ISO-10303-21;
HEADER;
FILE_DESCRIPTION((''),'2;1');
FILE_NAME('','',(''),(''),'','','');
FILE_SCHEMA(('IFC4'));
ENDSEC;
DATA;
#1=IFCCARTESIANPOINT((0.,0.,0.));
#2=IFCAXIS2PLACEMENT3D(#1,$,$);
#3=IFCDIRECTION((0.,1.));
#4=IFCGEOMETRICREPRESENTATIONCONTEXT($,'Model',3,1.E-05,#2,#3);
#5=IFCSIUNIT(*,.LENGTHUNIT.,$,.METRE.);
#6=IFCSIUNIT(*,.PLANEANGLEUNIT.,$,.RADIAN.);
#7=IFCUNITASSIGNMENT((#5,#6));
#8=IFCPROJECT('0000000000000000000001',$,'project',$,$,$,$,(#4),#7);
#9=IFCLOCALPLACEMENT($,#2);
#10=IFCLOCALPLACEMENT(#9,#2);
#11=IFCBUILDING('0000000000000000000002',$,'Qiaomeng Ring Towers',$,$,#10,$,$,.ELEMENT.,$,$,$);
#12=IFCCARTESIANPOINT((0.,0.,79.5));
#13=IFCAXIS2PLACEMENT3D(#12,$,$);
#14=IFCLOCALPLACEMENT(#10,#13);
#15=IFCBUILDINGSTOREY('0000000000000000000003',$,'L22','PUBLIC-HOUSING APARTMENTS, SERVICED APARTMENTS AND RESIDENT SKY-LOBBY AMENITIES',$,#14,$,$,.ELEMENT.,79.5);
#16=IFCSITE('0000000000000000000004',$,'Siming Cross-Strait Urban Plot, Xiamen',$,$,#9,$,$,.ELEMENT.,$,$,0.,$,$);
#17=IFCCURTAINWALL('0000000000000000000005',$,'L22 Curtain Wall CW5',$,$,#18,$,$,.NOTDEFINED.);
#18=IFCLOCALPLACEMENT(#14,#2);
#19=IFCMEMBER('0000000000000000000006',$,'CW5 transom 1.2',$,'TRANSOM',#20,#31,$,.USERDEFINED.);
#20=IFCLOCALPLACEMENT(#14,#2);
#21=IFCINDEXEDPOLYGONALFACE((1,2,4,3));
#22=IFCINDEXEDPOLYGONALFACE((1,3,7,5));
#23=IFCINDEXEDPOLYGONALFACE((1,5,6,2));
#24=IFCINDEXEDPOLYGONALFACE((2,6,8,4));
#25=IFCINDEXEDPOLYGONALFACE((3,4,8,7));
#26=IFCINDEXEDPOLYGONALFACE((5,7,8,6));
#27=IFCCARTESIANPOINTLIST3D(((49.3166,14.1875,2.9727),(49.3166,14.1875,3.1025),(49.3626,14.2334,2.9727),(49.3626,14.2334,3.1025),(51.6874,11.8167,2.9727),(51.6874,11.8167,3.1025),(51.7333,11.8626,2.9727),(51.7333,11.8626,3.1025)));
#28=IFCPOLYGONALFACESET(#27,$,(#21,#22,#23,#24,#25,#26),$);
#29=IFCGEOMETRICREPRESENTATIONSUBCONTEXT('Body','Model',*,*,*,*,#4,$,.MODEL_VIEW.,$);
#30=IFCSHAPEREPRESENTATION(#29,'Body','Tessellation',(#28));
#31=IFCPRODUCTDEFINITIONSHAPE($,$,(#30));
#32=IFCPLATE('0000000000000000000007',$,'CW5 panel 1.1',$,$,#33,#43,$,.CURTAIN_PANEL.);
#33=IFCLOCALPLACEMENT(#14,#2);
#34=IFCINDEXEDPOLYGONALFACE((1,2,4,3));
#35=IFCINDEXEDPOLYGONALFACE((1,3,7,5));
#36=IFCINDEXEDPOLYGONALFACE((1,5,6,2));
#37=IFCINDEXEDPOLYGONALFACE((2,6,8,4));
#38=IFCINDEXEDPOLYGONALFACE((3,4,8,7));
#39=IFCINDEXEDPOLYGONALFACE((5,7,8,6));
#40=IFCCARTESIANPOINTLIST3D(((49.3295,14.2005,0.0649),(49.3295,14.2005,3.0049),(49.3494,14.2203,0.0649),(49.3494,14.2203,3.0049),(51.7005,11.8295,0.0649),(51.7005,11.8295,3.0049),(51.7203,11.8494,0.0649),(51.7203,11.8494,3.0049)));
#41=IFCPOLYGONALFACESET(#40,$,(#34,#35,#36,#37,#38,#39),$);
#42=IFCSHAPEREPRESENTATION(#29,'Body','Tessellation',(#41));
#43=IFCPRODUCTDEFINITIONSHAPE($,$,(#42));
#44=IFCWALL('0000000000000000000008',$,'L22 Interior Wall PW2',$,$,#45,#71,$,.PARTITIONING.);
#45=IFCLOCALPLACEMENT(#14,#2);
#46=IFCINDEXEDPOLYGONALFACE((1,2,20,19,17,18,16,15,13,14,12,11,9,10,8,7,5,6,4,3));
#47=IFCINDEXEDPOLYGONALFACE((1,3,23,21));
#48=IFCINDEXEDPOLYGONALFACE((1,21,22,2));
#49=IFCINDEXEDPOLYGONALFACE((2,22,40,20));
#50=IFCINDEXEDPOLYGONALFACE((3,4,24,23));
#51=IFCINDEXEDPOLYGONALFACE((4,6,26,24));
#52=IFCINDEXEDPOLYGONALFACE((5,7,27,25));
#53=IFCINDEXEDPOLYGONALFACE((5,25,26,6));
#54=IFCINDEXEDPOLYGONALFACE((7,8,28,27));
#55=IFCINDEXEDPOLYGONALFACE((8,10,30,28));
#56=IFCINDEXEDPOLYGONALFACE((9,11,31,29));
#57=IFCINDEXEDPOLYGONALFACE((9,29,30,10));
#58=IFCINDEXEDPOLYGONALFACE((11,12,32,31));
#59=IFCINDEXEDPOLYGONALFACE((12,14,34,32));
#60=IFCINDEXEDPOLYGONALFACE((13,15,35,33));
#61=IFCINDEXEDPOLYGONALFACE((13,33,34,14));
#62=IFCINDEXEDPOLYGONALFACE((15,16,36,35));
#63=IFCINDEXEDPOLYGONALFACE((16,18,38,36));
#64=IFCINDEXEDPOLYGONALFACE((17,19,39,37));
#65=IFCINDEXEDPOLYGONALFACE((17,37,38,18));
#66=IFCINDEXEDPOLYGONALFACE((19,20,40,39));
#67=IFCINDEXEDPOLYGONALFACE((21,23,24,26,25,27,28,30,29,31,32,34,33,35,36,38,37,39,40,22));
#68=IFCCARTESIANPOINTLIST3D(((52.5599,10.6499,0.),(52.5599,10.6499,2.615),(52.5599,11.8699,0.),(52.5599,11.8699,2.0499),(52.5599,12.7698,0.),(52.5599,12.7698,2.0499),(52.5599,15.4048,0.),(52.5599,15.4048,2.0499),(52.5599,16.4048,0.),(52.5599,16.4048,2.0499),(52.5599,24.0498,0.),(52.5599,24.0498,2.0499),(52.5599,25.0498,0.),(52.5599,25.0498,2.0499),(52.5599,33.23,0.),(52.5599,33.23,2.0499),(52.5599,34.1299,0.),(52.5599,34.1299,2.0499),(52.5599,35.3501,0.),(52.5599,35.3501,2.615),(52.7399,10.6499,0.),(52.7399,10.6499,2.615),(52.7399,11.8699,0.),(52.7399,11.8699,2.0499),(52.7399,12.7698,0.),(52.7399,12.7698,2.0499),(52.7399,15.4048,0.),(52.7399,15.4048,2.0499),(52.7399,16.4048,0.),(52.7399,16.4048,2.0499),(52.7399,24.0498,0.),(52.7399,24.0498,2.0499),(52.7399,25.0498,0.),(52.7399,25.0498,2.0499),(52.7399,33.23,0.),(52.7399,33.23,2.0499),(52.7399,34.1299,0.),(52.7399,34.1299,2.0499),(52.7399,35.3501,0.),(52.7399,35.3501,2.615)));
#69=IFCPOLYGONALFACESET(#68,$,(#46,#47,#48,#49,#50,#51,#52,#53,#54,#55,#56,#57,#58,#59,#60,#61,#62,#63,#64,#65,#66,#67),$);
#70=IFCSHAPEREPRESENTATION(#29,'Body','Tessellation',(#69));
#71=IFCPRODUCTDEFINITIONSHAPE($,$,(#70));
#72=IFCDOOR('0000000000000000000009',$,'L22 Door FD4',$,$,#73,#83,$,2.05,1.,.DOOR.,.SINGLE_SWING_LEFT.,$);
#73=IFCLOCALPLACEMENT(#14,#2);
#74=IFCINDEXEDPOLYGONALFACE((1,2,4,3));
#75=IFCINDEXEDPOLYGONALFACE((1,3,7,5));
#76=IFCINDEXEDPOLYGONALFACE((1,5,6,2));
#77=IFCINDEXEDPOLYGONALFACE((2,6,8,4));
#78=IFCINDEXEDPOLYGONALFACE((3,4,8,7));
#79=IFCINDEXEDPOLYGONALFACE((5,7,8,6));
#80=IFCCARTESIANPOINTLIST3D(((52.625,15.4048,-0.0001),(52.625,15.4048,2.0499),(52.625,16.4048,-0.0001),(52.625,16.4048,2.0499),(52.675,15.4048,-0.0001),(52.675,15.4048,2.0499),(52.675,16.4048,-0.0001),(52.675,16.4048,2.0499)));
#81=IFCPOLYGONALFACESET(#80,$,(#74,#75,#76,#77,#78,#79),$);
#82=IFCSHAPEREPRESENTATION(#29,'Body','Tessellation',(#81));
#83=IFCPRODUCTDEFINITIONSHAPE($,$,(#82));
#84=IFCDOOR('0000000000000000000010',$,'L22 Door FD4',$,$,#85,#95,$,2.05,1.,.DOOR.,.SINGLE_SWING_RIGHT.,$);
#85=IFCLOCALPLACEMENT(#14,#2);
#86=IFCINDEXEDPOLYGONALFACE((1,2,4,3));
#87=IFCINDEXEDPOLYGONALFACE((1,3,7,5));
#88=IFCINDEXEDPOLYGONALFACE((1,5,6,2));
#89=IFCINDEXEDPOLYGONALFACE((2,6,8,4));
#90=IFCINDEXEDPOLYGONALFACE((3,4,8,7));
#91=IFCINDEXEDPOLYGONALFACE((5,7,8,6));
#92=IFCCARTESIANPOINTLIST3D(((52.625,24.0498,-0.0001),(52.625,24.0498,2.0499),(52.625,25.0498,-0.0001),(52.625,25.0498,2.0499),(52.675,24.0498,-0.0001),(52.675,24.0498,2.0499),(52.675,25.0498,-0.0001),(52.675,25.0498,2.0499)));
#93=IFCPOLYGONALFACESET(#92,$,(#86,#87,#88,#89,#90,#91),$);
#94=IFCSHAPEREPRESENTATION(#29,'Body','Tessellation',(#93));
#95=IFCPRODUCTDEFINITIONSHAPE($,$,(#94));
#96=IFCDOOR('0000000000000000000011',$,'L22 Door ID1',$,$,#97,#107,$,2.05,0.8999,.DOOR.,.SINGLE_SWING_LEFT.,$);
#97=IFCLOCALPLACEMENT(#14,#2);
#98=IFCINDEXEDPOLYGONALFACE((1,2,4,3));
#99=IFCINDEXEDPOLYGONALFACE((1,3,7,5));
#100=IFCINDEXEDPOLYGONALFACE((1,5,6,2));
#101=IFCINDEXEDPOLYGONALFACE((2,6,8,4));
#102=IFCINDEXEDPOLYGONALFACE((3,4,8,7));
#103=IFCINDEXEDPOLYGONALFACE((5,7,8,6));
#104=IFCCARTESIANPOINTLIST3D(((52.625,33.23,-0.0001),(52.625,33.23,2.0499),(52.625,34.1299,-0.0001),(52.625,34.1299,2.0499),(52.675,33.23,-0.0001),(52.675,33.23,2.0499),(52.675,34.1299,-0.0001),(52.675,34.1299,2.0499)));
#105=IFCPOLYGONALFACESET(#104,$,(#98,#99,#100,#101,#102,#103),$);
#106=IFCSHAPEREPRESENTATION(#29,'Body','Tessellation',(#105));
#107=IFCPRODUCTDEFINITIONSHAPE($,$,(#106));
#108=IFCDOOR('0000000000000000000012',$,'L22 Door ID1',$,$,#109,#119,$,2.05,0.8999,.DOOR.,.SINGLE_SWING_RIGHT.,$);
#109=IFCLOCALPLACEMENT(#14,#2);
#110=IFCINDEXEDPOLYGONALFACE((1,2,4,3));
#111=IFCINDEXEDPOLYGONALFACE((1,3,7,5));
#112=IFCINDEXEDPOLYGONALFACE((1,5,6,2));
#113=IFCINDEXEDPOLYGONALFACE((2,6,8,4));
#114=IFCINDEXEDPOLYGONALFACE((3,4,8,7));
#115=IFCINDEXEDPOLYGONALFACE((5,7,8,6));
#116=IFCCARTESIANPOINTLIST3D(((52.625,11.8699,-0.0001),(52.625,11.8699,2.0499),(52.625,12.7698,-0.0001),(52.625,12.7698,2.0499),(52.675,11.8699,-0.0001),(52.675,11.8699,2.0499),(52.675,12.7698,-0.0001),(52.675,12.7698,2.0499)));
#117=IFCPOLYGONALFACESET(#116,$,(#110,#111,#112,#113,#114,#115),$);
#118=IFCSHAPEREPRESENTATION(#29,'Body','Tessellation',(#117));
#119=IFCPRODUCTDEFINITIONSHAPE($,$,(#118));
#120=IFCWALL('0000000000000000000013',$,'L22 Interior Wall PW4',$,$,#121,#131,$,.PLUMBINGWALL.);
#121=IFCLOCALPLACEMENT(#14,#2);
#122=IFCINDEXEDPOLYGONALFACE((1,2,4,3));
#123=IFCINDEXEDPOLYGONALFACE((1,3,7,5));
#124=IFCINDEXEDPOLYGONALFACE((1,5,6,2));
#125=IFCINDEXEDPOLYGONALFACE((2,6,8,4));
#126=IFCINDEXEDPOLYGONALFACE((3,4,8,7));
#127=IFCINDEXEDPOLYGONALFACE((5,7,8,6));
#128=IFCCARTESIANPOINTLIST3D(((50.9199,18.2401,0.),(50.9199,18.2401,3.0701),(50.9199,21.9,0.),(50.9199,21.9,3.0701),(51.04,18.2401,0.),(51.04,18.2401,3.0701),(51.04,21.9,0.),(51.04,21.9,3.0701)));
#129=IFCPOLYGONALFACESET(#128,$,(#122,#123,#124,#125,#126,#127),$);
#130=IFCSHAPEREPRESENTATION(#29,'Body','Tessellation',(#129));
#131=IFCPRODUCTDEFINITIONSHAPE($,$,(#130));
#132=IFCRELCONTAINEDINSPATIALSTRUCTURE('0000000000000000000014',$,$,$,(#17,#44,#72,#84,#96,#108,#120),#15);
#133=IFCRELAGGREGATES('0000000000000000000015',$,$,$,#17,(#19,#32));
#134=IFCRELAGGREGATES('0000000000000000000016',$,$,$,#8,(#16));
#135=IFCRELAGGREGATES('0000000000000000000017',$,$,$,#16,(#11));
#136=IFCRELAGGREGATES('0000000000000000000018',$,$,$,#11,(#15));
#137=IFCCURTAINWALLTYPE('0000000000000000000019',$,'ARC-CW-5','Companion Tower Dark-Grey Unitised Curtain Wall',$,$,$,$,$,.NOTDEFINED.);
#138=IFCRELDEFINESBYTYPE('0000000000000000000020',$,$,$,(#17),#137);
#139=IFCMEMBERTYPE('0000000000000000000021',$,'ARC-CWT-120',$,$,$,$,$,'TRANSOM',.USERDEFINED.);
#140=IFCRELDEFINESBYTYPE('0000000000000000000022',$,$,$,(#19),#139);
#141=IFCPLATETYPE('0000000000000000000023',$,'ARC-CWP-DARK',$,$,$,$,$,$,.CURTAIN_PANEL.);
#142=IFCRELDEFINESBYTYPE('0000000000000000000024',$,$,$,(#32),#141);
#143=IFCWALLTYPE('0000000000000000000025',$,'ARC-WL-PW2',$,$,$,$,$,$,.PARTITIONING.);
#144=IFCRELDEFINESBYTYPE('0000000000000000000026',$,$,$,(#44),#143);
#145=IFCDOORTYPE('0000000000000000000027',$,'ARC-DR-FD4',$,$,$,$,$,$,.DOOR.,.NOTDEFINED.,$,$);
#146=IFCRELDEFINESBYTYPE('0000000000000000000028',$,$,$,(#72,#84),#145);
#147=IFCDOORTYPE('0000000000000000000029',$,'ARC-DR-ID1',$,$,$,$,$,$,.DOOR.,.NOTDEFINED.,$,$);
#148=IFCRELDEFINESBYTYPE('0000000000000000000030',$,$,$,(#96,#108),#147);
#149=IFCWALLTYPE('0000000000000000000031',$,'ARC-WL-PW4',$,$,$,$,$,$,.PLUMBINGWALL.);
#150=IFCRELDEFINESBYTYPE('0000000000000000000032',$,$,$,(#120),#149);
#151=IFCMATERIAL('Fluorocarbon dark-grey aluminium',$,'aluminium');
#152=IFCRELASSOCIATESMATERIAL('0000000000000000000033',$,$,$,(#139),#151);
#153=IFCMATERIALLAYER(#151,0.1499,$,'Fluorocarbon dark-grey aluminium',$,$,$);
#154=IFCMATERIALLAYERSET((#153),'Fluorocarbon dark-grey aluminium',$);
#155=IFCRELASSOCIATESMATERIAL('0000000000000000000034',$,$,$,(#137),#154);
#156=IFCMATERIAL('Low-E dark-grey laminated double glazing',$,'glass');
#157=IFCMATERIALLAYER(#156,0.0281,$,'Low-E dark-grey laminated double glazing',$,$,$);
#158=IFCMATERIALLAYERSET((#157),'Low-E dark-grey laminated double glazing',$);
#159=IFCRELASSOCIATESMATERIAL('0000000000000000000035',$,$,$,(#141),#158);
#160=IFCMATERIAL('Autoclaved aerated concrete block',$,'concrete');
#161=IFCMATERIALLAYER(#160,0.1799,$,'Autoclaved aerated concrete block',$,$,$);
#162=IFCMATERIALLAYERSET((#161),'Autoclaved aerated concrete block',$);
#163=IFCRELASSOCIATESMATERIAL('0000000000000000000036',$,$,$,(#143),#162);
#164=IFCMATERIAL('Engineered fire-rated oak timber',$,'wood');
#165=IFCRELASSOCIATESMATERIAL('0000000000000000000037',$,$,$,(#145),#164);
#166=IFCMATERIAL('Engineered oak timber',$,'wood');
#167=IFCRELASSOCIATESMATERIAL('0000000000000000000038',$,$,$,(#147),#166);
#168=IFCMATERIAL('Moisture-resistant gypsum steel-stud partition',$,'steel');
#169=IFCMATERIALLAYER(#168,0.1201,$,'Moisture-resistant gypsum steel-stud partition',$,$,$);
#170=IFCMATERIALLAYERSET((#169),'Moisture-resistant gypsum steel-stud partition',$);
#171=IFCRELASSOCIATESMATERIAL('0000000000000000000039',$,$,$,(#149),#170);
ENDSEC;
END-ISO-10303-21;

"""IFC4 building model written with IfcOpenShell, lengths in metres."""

from ifc_helpers import new_model, si_unit, direction, frame, frame_2d, origin, origin_2d, place, context, subcontext, project, spatial, rectangle, extrude, source, transform, mapped, material, layer, layer_set, material_profile, profile_set, type_object, element, fill, aggregate, save


model = new_model("IFC4")

# Units and contexts
model_context = context("Model", 3, precision=1e-05, world=origin(), true_north=direction((0.0, 1.0)))
body_context = subcontext(model_context, "Body", "Model", "MODEL_VIEW")
ifc_project = project(units=[si_unit("LENGTHUNIT", "METRE"), si_unit("PLANEANGLEUNIT", "RADIAN")], contexts=[model_context])

# Site, building, storey
site_placement = place(None, origin())
site = spatial("IfcSite", under=ifc_project, at=site_placement, Name="Siming Cross-Strait Urban Plot, Xiamen", CompositionType="ELEMENT", RefElevation=0.0)
building_placement = place(site_placement, origin())
building = spatial("IfcBuilding", under=site, at=building_placement, Name="Qiaomeng Ring Towers", CompositionType="ELEMENT")
storey_placement = place(building_placement, frame((0.0, 0.0, 79.5)))
storey = spatial("IfcBuildingStorey", under=building, at=storey_placement, Name="L22", Description="PUBLIC-HOUSING APARTMENTS, SERVICED APARTMENTS AND RESIDENT SKY-LOBBY AMENITIES", CompositionType="ELEMENT", Elevation=79.5)

# Curtain wall
ifc_material_1 = material(Name="Fluorocarbon dark-grey aluminium", Category="aluminium")
ifc_material_profile_1 = material_profile(ifc_material_1, rectangle(XDim=0.0649, YDim=0.1299, at=origin_2d()), Name="ALU TRAN 65x130")
ifc_profile_set_1 = profile_set([ifc_material_profile_1], Name="Fluorocarbon dark-grey aluminium")
member_type_1 = type_object("IfcMemberType", Name="ARC-CWT-120", ElementType="TRANSOM", PredefinedType="USERDEFINED", material=ifc_profile_set_1)
ifc_layer_1 = layer(ifc_material_1, 0.1499, Name="Fluorocarbon dark-grey aluminium")
ifc_layer_set_1 = layer_set([ifc_layer_1], Name="Fluorocarbon dark-grey aluminium")
curtain_wall_type_1 = type_object("IfcCurtainWallType", Name="ARC-CW-5", Description="Companion Tower Dark-Grey Unitised Curtain Wall", PredefinedType="NOTDEFINED", material=ifc_layer_set_1)
curtain_wall_1_placement = place(storey_placement, origin())
curtain_wall_1 = element("IfcCurtainWall", 1, at=curtain_wall_1_placement, inside=storey, type_object=curtain_wall_type_1, Name="L22 Curtain Wall CW5", PredefinedType="NOTDEFINED")

# Member
shared_shape_1 = source(origin(), body_context, "Body", "SweptSolid", [
    extrude(rectangle(XDim=0.0649, YDim=0.1299, at=origin_2d()), origin(), (0.0, 0.0, 1.0), 3.3528),
])
member_1_placement = place(storey_placement, frame((49.3396, 14.2104, 3.0376), z_axis=(0.707107, -0.707107, 0.0), x_axis=(0.707107, 0.707107, 0.0)))
member_1 = element("IfcMember", 2, at=member_1_placement, type_object=member_type_1, Name="CW5 transom 1.2", ObjectType="TRANSOM", PredefinedType="USERDEFINED", context=body_context, shape_type="MappedRepresentation", body=[
    mapped(shared_shape_1, transform((0.0, 0.0, 0.0), x_axis=(1.0, 0.0, 0.0), y_axis=(0.0, 1.0, 0.0), z_axis=(0.0, 0.0, 1.0), scale=1.0)),
])

# Plate
ifc_material_2 = material(Name="Low-E dark-grey laminated double glazing", Category="glass")
ifc_layer_2 = layer(ifc_material_2, 0.0281, Name="Low-E dark-grey laminated double glazing")
ifc_layer_set_2 = layer_set([ifc_layer_2], Name="Low-E dark-grey laminated double glazing")
plate_type = type_object("IfcPlateType", Name="ARC-CWP-DARK", PredefinedType="CURTAIN_PANEL", material=ifc_layer_set_2)
shared_shape_2 = source(origin(), body_context, "Body", "SweptSolid", [
    extrude(rectangle(XDim=3.353, YDim=0.0281, at=origin_2d()), origin(), (0.0, 0.0, 1.0), 2.9399),
])
plate_placement = place(storey_placement, frame((50.5249, 13.0249, 0.0649), z_axis=(0.0, 0.0, 1.0), x_axis=(0.707107, -0.707107, 0.0)))
plate = element("IfcPlate", 3, at=plate_placement, type_object=plate_type, Name="CW5 panel 1.1", PredefinedType="CURTAIN_PANEL", context=body_context, shape_type="MappedRepresentation", body=[
    mapped(shared_shape_2, transform((0.0, 0.0, 0.0), x_axis=(1.0, 0.0, 0.0), y_axis=(0.0, 1.0, 0.0), z_axis=(0.0, 0.0, 1.0), scale=1.0)),
])
aggregate(curtain_wall_1, [member_1, plate])

# Wall, openings, doors
ifc_material_3 = material(Name="Autoclaved aerated concrete block", Category="concrete")
ifc_layer_3 = layer(ifc_material_3, 0.1799, Name="Autoclaved aerated concrete block")
ifc_layer_set_3 = layer_set([ifc_layer_3], Name="Autoclaved aerated concrete block")
wall_type_1 = type_object("IfcWallType", Name="ARC-WL-PW2", PredefinedType="PARTITIONING", material=ifc_layer_set_3)
wall_1_placement = place(storey_placement, frame((52.6499, 10.6499, 0.0), z_axis=(0.0, 0.0, 1.0), x_axis=(0.0, 1.0, 0.0)))
wall_1 = element("IfcWall", 4, at=wall_1_placement, inside=storey, type_object=wall_type_1, Name="L22 Interior Wall PW2", PredefinedType="PARTITIONING", context=body_context, shape_type="SweptSolid", body=[
    extrude(rectangle(XDim=24.7002, YDim=0.1799, at=frame_2d((12.3501, 0.0))), origin(), (0.0, 0.0, 1.0), 2.615),
])
opening_1_placement = place(wall_1_placement, frame((22.5801, 0.0, 0.0)))
opening_1 = element("IfcOpeningElement", 5, at=opening_1_placement, cuts=wall_1, PredefinedType="OPENING", context=body_context, shape_type="SweptSolid", body=[
    extrude(rectangle(XDim=0.8999, YDim=2.05, at=frame_2d((0.45, 1.0249))), frame((0.0, 0.0999, 0.0), z_axis=(0.0, -1.0, 0.0), x_axis=(1.0, 0.0, 0.0)), (0.0, 0.0, 1.0), 0.2),
])
opening_2_placement = place(wall_1_placement, frame((1.22, 0.0, 0.0)))
opening_2 = element("IfcOpeningElement", 6, at=opening_2_placement, cuts=wall_1, PredefinedType="OPENING", context=body_context, shape_type="SweptSolid", body=[
    extrude(rectangle(XDim=0.8999, YDim=2.05, at=frame_2d((0.45, 1.0249))), frame((0.0, 0.0999, 0.0), z_axis=(0.0, -1.0, 0.0), x_axis=(1.0, 0.0, 0.0)), (0.0, 0.0, 1.0), 0.2),
])
opening_3_placement = place(wall_1_placement, frame((4.7549, 0.0, 0.0)))
opening_3 = element("IfcOpeningElement", 7, at=opening_3_placement, cuts=wall_1, PredefinedType="OPENING", context=body_context, shape_type="SweptSolid", body=[
    extrude(rectangle(XDim=1.0, YDim=2.05, at=frame_2d((0.5, 1.0249))), frame((0.0, 0.0999, 0.0), z_axis=(0.0, -1.0, 0.0), x_axis=(1.0, 0.0, 0.0)), (0.0, 0.0, 1.0), 0.2),
])
opening_4_placement = place(wall_1_placement, frame((13.3999, 0.0, 0.0)))
opening_4 = element("IfcOpeningElement", 8, at=opening_4_placement, cuts=wall_1, PredefinedType="OPENING", context=body_context, shape_type="SweptSolid", body=[
    extrude(rectangle(XDim=1.0, YDim=2.05, at=frame_2d((0.5, 1.0249))), frame((0.0, 0.0999, 0.0), z_axis=(0.0, -1.0, 0.0), x_axis=(1.0, 0.0, 0.0)), (0.0, 0.0, 1.0), 0.2),
])
ifc_material_4 = material(Name="Engineered fire-rated oak timber", Category="wood")
door_type_1 = type_object("IfcDoorType", Name="ARC-DR-FD4", OperationType="NOTDEFINED", PredefinedType="DOOR", material=ifc_material_4)
shared_shape_3 = source(origin(), body_context, "Body", "SweptSolid", [
    extrude(rectangle(XDim=1.0, YDim=2.05, at=frame_2d((0.5, 1.0249))), frame((0.0, 0.0249, 0.0), z_axis=(0.0, -1.0, 0.0), x_axis=(1.0, 0.0, 0.0)), (0.0, 0.0, 1.0), 0.05),
])
door_1_placement = place(opening_3_placement, origin())
door_1 = element("IfcDoor", 9, at=door_1_placement, inside=storey, type_object=door_type_1, Name="L22 Door FD4", OperationType="SINGLE_SWING_LEFT", OverallHeight=2.05, OverallWidth=1.0, PredefinedType="DOOR", context=body_context, shape_type="MappedRepresentation", body=[
    mapped(shared_shape_3, transform((0.0, 0.0, 0.0), x_axis=(1.0, 0.0, 0.0), y_axis=(0.0, 1.0, 0.0), z_axis=(0.0, 0.0, 1.0), scale=1.0)),
])
fill(opening_3, door_1)
door_2_placement = place(opening_4_placement, origin())
door_2 = element("IfcDoor", 10, at=door_2_placement, inside=storey, type_object=door_type_1, Name="L22 Door FD4", OperationType="SINGLE_SWING_RIGHT", OverallHeight=2.05, OverallWidth=1.0, PredefinedType="DOOR", context=body_context, shape_type="MappedRepresentation", body=[
    mapped(shared_shape_3, transform((0.0, 0.0, 0.0), x_axis=(1.0, 0.0, 0.0), y_axis=(0.0, 1.0, 0.0), z_axis=(0.0, 0.0, 1.0), scale=1.0)),
])
fill(opening_4, door_2)
ifc_material_5 = material(Name="Engineered oak timber", Category="wood")
door_type_2 = type_object("IfcDoorType", Name="ARC-DR-ID1", OperationType="NOTDEFINED", PredefinedType="DOOR", material=ifc_material_5)
shared_shape_4 = source(origin(), body_context, "Body", "SweptSolid", [
    extrude(rectangle(XDim=0.8999, YDim=2.05, at=frame_2d((0.45, 1.0249))), frame((0.0, 0.0249, 0.0), z_axis=(0.0, -1.0, 0.0), x_axis=(1.0, 0.0, 0.0)), (0.0, 0.0, 1.0), 0.05),
])
door_3_placement = place(opening_1_placement, origin())
door_3 = element("IfcDoor", 11, at=door_3_placement, inside=storey, type_object=door_type_2, Name="L22 Door ID1", OperationType="SINGLE_SWING_LEFT", OverallHeight=2.05, OverallWidth=0.8999, PredefinedType="DOOR", context=body_context, shape_type="MappedRepresentation", body=[
    mapped(shared_shape_4, transform((0.0, 0.0, 0.0), x_axis=(1.0, 0.0, 0.0), y_axis=(0.0, 1.0, 0.0), z_axis=(0.0, 0.0, 1.0), scale=1.0)),
])
fill(opening_1, door_3)
door_4_placement = place(opening_2_placement, origin())
door_4 = element("IfcDoor", 12, at=door_4_placement, inside=storey, type_object=door_type_2, Name="L22 Door ID1", OperationType="SINGLE_SWING_RIGHT", OverallHeight=2.05, OverallWidth=0.8999, PredefinedType="DOOR", context=body_context, shape_type="MappedRepresentation", body=[
    mapped(shared_shape_4, transform((0.0, 0.0, 0.0), x_axis=(1.0, 0.0, 0.0), y_axis=(0.0, 1.0, 0.0), z_axis=(0.0, 0.0, 1.0), scale=1.0)),
])
fill(opening_2, door_4)

# Wall
ifc_material_6 = material(Name="Moisture-resistant gypsum steel-stud partition", Category="steel")
ifc_layer_4 = layer(ifc_material_6, 0.1201, Name="Moisture-resistant gypsum steel-stud partition")
ifc_layer_set_4 = layer_set([ifc_layer_4], Name="Moisture-resistant gypsum steel-stud partition")
wall_type_2 = type_object("IfcWallType", Name="ARC-WL-PW4", PredefinedType="PLUMBINGWALL", material=ifc_layer_set_4)
wall_2_placement = place(storey_placement, frame((50.98, 18.24, 0.0), z_axis=(0.0, 0.0, 1.0), x_axis=(0.0, 1.0, 0.0)))
element("IfcWall", 13, at=wall_2_placement, inside=storey, type_object=wall_type_2, Name="L22 Interior Wall PW4", PredefinedType="PLUMBINGWALL", context=body_context, shape_type="SweptSolid", body=[
    extrude(rectangle(XDim=3.6599, YDim=0.1201, at=frame_2d((1.8301, 0.0))), origin(), (0.0, 0.0, 1.0), 3.0701),
])

save(model, "model.ifc")
